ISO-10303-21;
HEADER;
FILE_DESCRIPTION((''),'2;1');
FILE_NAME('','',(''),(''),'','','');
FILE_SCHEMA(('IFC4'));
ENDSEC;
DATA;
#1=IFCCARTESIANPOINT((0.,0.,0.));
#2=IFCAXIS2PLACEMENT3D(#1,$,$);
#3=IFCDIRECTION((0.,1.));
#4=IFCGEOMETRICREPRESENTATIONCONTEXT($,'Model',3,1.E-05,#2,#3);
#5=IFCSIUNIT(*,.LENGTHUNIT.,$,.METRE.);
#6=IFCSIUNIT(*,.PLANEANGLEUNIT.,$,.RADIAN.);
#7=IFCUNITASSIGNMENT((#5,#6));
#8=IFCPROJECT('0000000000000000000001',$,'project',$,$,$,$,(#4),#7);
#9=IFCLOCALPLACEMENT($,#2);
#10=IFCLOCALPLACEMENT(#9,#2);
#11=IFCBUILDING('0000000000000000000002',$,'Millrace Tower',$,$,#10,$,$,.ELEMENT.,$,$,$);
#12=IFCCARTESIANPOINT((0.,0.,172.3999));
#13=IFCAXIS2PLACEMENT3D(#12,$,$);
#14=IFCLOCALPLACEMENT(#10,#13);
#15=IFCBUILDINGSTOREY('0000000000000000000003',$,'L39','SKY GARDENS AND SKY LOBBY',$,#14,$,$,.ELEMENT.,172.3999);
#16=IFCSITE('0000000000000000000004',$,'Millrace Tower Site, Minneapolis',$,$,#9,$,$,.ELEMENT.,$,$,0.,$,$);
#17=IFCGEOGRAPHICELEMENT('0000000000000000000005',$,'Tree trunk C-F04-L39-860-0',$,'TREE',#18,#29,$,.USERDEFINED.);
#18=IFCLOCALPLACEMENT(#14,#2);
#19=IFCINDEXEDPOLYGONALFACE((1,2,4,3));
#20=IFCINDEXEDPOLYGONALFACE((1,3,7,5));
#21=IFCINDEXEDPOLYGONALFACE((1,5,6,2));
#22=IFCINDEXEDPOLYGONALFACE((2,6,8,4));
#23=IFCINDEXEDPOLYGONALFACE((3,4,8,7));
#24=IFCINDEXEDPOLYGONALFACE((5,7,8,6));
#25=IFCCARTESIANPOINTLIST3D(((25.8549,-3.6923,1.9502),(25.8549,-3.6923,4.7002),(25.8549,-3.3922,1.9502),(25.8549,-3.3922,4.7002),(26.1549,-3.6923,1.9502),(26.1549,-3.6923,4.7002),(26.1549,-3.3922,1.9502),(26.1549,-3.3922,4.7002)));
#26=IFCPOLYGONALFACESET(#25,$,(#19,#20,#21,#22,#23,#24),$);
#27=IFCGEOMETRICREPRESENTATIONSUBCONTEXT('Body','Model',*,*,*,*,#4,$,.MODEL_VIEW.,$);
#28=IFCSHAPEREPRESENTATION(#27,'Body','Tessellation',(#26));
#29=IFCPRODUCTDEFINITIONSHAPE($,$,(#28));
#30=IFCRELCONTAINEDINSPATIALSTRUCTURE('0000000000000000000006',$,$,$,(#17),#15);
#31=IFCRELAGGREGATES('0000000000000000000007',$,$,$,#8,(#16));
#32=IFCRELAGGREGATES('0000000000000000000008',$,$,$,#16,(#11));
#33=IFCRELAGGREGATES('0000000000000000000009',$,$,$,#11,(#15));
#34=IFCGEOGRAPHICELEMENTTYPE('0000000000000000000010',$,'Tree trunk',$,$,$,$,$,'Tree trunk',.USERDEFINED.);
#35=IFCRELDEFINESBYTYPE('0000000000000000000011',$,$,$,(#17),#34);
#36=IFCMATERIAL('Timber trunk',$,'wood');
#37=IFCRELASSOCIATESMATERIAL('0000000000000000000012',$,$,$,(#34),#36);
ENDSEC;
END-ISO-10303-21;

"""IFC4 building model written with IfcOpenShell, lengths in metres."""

from ifc_helpers import new_model, si_unit, direction, frame, origin, origin_2d, place, context, subcontext, project, spatial, rectangle, extrude, material, type_object, element, save


model = new_model("IFC4")

# Units and contexts
model_context = context("Model", 3, precision=1e-05, world=origin(), true_north=direction((0.0, 1.0)))
body_context = subcontext(model_context, "Body", "Model", "MODEL_VIEW")
ifc_project = project(units=[si_unit("LENGTHUNIT", "METRE"), si_unit("PLANEANGLEUNIT", "RADIAN")], contexts=[model_context])

# Site, building, storey
site_placement = place(None, origin())
site = spatial("IfcSite", under=ifc_project, at=site_placement, Name="Millrace Tower Site, Minneapolis", CompositionType="ELEMENT", RefElevation=0.0)
building_placement = place(site_placement, origin())
building = spatial("IfcBuilding", under=site, at=building_placement, Name="Millrace Tower", CompositionType="ELEMENT")
storey_placement = place(building_placement, frame((0.0, 0.0, 172.3999)))
storey = spatial("IfcBuildingStorey", under=building, at=storey_placement, Name="L39", Description="SKY GARDENS AND SKY LOBBY", CompositionType="ELEMENT", Elevation=172.3999)

# Geographic element
ifc_material_1 = material(Name="Timber trunk", Category="wood")
geographic_element_type = type_object("IfcGeographicElementType", Name="Tree trunk", ElementType="Tree trunk", PredefinedType="USERDEFINED", material=ifc_material_1)
geographic_element_placement = place(storey_placement, frame((26.0049, -3.5422, 1.9502), z_axis=(0.0, 0.0, 1.0), x_axis=(1.0, 0.0, 0.0)))
element("IfcGeographicElement", 1, at=geographic_element_placement, inside=storey, type_object=geographic_element_type, Name="Tree trunk C-F04-L39-860-0", ObjectType="TREE", PredefinedType="USERDEFINED", context=body_context, shape_type="SweptSolid", body=[
    extrude(rectangle(XDim=0.3, YDim=0.3, at=origin_2d()), origin(), (0.0, 0.0, 1.0), 2.75),
])

save(model, "model.ifc")
